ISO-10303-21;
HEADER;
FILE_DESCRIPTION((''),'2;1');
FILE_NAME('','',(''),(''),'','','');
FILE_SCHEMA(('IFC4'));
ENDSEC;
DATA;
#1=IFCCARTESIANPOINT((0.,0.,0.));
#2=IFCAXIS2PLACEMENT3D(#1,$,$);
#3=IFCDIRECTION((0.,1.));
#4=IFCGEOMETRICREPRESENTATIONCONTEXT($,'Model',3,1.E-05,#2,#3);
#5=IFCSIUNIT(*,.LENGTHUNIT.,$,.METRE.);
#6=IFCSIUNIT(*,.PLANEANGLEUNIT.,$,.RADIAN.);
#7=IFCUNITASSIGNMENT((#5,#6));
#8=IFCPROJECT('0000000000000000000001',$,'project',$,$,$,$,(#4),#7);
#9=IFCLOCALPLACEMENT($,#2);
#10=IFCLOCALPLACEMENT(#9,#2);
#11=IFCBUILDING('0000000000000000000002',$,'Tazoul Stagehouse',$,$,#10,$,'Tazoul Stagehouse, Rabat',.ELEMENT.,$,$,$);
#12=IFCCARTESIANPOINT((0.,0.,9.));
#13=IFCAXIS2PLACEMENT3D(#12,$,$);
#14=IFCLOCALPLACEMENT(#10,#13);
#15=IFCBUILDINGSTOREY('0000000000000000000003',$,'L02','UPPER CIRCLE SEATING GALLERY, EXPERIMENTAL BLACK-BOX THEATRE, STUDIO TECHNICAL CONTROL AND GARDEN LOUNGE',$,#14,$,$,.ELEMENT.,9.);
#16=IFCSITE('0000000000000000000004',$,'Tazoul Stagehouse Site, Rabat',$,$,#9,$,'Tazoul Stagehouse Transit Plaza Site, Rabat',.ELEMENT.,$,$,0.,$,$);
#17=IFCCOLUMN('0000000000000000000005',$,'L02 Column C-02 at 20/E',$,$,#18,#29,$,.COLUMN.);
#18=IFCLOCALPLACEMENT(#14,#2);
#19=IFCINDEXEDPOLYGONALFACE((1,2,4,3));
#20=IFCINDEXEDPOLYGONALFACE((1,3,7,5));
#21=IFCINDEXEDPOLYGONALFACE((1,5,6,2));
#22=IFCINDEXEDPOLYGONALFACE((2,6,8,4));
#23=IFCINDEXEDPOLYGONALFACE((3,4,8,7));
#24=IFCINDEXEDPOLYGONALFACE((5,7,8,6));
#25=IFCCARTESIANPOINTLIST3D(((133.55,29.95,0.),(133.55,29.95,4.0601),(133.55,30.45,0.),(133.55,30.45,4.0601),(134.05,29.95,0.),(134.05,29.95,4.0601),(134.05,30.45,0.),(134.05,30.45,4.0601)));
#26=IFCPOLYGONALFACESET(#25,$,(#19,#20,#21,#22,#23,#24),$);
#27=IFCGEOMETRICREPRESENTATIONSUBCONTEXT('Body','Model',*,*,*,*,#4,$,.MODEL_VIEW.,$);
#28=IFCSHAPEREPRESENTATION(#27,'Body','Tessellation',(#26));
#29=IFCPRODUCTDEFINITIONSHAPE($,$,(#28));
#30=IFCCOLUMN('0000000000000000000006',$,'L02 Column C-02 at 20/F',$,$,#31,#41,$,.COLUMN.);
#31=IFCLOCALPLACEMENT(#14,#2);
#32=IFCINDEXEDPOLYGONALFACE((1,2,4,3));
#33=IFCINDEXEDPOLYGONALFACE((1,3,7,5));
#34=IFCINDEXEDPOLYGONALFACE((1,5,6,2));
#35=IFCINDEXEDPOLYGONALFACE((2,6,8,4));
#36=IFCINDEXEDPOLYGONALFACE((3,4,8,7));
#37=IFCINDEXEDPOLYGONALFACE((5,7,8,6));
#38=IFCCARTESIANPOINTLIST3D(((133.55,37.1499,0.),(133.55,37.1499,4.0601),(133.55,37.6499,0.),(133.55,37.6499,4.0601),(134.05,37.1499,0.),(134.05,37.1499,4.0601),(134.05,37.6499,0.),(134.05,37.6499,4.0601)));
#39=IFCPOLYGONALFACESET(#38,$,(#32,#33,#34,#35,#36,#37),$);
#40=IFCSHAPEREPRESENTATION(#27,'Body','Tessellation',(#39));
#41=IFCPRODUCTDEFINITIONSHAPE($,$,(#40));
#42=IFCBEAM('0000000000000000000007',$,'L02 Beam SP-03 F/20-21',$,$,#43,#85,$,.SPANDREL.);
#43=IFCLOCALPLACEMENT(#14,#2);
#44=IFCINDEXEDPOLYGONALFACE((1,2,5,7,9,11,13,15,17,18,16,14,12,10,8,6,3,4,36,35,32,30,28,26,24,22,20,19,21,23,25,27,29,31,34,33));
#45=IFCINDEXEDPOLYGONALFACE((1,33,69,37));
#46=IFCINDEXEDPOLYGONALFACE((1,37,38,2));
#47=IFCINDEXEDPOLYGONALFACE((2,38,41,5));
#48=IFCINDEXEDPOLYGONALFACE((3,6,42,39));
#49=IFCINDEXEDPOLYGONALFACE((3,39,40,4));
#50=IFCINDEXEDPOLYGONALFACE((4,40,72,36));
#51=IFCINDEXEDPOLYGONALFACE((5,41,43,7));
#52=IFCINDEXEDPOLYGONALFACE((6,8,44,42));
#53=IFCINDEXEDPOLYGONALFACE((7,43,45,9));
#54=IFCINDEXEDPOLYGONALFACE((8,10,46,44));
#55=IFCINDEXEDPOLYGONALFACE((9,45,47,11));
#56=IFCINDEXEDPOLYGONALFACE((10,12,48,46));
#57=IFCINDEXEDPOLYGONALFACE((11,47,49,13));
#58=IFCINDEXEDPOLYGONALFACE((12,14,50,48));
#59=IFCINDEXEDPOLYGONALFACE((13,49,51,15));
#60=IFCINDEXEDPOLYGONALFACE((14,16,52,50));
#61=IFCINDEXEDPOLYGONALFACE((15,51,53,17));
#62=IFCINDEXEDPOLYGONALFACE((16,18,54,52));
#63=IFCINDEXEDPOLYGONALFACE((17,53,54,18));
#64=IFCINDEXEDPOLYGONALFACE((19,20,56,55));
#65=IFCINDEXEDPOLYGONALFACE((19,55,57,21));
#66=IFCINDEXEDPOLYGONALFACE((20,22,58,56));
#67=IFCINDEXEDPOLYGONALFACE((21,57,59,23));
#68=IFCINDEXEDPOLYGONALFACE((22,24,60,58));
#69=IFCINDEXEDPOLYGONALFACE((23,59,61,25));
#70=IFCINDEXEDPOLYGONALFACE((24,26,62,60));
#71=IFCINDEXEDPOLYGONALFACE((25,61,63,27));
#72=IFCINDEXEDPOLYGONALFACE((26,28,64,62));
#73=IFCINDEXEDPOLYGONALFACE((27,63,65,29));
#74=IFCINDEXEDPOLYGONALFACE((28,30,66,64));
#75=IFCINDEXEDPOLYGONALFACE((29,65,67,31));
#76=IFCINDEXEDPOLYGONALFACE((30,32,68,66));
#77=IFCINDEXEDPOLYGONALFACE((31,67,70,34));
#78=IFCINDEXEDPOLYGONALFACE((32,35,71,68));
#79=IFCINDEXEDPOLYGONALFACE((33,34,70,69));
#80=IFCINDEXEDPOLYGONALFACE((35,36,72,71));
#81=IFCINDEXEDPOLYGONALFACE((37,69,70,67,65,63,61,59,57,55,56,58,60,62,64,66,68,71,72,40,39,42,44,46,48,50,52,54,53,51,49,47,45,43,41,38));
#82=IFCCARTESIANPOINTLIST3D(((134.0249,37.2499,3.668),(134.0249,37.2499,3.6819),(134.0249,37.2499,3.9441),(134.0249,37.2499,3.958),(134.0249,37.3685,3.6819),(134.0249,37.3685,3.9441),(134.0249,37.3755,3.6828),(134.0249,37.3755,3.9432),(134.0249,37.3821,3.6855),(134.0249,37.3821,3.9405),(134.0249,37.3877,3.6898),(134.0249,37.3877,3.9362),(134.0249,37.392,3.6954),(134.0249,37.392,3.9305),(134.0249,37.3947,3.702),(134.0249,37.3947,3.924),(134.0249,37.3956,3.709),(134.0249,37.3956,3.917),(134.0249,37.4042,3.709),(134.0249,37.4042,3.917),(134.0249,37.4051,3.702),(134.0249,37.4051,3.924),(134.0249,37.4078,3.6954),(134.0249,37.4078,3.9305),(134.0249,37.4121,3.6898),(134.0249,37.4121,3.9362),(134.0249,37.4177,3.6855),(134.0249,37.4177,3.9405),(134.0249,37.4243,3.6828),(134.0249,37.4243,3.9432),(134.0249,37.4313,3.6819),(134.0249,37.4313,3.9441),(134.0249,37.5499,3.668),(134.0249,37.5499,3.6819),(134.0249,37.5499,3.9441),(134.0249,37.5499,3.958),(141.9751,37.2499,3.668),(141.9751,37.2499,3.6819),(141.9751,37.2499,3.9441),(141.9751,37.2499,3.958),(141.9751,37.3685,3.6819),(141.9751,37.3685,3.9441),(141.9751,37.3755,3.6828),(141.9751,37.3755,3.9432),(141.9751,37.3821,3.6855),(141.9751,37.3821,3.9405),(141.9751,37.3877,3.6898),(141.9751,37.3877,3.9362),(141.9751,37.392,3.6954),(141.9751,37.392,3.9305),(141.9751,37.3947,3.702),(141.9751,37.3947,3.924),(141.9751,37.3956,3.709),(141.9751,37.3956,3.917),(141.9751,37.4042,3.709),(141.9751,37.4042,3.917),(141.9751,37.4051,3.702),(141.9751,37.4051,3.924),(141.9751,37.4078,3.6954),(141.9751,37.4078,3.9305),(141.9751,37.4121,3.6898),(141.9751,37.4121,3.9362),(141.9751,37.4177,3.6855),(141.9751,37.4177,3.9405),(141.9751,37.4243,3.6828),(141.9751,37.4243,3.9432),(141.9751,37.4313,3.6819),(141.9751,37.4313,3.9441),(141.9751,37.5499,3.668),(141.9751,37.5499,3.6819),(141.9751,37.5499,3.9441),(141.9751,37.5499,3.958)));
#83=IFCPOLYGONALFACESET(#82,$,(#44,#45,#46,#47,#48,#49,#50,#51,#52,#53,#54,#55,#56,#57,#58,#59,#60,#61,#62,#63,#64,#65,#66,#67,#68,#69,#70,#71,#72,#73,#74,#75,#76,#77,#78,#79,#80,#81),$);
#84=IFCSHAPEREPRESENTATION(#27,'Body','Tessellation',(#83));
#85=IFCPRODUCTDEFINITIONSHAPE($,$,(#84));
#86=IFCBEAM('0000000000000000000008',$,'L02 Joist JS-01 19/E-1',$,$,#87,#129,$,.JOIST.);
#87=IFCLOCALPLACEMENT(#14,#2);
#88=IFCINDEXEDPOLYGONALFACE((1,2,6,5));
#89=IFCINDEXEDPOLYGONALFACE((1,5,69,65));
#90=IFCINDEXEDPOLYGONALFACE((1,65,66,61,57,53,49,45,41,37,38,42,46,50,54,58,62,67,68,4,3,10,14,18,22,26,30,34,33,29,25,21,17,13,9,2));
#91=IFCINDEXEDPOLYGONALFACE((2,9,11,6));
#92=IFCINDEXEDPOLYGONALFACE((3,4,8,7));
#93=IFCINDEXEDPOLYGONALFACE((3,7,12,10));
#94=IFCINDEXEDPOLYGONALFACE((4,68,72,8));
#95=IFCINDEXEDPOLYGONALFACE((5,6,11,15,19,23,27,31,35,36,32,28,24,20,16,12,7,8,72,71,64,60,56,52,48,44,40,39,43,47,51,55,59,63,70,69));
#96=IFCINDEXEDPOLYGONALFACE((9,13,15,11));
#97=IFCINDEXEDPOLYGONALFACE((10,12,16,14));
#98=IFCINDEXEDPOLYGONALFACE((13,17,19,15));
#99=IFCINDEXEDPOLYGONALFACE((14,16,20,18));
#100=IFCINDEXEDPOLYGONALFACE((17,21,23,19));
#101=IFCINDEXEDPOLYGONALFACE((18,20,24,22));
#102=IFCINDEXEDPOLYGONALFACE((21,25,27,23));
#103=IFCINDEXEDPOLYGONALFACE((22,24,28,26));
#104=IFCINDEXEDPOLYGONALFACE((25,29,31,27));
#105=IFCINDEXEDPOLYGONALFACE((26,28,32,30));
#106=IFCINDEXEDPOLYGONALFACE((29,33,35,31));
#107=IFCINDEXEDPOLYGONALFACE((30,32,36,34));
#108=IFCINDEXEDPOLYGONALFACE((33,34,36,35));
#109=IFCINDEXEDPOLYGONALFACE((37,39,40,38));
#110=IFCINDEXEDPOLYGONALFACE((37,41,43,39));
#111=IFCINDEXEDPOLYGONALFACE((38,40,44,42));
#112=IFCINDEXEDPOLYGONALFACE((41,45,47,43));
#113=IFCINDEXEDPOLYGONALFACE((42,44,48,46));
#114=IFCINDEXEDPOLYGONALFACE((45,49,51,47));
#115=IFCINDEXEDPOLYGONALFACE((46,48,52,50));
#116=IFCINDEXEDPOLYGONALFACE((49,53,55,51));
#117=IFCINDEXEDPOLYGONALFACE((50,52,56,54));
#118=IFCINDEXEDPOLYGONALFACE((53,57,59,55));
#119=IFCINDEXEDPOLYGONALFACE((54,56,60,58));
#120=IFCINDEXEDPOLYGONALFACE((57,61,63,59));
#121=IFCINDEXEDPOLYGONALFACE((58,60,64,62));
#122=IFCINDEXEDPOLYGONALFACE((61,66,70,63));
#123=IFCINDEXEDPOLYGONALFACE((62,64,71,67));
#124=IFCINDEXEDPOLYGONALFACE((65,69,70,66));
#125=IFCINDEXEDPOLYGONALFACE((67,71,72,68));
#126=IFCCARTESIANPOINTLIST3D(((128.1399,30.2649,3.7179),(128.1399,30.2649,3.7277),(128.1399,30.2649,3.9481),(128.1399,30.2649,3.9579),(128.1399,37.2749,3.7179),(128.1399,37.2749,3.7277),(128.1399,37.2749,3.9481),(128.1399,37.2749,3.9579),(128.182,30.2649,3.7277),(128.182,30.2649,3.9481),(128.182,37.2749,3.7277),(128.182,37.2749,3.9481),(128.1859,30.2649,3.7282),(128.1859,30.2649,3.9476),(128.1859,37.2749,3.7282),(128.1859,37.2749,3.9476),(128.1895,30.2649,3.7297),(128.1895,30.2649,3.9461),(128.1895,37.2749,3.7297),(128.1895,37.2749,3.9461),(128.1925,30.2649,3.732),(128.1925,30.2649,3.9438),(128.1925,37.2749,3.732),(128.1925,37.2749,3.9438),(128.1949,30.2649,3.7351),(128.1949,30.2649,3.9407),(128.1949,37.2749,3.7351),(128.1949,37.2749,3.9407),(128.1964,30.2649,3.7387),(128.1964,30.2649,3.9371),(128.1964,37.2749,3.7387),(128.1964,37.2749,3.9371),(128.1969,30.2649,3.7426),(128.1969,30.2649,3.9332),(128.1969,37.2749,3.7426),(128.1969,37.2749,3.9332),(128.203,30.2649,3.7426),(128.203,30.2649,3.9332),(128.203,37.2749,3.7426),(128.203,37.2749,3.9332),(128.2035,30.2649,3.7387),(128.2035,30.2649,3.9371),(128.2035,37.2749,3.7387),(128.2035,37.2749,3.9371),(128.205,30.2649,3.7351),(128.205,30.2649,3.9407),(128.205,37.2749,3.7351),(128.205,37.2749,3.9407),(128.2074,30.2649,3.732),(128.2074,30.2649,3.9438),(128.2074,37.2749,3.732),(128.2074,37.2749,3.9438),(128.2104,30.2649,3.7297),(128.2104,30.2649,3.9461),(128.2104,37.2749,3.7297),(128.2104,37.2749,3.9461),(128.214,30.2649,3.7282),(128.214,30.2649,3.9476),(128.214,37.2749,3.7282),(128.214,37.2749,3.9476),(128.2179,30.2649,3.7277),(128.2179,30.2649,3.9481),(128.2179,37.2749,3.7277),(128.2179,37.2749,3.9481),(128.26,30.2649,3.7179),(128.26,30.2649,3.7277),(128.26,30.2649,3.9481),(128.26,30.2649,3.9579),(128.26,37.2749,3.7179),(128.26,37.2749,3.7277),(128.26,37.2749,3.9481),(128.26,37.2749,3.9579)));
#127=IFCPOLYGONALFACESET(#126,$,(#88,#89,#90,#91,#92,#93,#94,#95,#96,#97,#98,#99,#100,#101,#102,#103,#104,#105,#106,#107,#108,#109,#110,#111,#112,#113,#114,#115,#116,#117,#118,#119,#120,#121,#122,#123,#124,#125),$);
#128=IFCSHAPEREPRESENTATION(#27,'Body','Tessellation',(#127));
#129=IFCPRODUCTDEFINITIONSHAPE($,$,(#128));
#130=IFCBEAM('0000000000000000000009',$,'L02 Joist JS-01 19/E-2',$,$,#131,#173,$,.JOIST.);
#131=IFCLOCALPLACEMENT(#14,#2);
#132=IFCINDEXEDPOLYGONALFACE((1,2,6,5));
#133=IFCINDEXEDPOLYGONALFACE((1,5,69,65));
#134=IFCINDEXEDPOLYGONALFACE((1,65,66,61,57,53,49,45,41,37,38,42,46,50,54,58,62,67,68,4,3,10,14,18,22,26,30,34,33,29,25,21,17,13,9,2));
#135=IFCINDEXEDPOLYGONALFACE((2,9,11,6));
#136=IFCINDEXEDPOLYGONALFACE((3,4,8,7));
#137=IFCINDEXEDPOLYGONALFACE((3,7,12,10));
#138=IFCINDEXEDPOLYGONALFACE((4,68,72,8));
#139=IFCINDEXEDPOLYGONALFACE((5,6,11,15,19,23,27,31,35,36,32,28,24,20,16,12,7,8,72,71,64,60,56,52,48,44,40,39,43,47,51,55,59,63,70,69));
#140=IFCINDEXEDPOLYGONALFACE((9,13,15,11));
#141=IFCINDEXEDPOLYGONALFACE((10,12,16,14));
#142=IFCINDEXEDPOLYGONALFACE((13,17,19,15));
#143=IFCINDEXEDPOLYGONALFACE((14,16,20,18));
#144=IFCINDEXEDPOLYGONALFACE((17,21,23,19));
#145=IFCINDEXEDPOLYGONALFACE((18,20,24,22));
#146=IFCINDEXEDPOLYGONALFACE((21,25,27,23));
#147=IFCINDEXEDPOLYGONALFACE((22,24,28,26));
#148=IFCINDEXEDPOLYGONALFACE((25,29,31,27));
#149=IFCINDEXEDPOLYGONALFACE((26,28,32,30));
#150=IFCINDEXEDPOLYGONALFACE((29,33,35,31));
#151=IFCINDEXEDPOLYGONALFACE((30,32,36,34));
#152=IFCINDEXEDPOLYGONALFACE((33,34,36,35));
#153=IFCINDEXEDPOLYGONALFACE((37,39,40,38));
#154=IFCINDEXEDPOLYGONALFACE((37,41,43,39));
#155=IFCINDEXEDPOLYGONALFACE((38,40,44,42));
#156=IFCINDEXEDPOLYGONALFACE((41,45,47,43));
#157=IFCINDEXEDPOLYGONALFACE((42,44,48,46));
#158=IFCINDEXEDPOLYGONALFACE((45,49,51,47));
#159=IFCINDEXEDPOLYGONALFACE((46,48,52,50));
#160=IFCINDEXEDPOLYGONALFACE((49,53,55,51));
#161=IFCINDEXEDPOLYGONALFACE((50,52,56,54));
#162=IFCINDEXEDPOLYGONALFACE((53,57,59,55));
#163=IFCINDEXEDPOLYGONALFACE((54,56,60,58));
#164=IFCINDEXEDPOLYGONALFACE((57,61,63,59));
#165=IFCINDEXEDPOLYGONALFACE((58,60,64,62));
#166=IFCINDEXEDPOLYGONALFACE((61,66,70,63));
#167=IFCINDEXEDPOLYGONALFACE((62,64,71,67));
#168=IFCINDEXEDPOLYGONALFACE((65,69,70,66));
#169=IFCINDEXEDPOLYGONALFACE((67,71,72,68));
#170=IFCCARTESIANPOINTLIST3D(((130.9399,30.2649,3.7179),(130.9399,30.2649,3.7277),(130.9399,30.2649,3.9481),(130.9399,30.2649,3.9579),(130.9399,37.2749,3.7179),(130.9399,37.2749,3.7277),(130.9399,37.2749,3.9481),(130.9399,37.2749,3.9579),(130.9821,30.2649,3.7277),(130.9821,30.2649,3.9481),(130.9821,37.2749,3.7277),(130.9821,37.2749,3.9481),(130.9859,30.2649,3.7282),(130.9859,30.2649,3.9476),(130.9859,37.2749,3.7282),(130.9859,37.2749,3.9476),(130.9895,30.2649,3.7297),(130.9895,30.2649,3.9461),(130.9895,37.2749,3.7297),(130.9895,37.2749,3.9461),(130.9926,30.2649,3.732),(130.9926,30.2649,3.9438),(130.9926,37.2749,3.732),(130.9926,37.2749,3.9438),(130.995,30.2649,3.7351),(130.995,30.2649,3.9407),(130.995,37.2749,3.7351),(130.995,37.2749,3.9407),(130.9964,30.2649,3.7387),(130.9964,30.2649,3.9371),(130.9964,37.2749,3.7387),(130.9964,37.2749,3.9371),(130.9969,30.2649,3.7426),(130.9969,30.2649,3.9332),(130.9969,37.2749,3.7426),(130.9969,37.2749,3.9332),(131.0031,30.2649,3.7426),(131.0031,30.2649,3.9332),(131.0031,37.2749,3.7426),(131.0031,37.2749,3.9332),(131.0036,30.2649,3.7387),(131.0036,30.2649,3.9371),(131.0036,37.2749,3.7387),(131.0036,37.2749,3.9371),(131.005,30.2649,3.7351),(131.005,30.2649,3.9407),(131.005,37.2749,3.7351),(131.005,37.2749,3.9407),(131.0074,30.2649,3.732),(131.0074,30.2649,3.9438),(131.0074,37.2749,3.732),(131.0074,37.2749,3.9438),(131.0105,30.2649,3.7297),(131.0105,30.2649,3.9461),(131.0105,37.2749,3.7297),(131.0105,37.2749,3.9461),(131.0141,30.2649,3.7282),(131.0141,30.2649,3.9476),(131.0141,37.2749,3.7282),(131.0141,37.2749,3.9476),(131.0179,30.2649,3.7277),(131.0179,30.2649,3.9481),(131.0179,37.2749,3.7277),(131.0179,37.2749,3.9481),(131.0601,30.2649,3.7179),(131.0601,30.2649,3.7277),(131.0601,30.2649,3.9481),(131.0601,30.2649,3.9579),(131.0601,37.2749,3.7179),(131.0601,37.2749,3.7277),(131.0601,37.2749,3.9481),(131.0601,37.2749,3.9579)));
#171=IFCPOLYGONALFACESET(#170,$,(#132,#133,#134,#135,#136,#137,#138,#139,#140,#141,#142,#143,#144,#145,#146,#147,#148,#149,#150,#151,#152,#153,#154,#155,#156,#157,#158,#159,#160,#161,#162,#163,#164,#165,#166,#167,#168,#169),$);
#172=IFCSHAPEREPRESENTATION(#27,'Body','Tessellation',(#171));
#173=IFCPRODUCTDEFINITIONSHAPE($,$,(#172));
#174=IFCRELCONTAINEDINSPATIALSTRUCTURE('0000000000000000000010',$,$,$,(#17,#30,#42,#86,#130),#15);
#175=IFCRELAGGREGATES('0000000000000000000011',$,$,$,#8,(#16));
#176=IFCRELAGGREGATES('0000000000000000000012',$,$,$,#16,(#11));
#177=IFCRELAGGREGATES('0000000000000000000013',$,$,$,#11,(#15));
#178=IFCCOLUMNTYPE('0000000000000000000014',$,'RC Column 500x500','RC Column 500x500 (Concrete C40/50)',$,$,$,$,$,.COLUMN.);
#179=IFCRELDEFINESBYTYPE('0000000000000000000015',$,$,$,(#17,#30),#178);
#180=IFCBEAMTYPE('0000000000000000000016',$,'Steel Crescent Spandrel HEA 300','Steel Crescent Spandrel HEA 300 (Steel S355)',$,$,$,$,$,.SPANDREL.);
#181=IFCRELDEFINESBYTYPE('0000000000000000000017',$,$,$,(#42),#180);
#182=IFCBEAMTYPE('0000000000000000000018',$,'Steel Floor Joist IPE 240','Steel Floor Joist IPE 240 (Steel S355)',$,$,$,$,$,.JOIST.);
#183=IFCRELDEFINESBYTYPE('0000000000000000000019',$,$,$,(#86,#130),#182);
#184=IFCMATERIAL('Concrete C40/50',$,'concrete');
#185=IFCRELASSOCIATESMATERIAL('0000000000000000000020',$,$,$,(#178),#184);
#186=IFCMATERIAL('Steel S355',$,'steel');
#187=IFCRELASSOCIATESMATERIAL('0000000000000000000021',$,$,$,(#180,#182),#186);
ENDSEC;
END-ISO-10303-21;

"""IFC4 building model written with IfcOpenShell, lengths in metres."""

from ifc_helpers import new_model, si_unit, direction, frame, origin, origin_2d, place, context, subcontext, project, spatial, rectangle, i_section, extrude, material, material_profile, profile_set, type_object, element, save


model = new_model("IFC4")

# Units and contexts
model_context = context("Model", 3, precision=1e-05, world=origin(), true_north=direction((0.0, 1.0)))
body_context = subcontext(model_context, "Body", "Model", "MODEL_VIEW")
ifc_project = project(units=[si_unit("LENGTHUNIT", "METRE"), si_unit("PLANEANGLEUNIT", "RADIAN")], contexts=[model_context])

# Site, building, storey
site_placement = place(None, origin())
site = spatial("IfcSite", under=ifc_project, at=site_placement, Name="Tazoul Stagehouse Site, Rabat", LongName="Tazoul Stagehouse Transit Plaza Site, Rabat", CompositionType="ELEMENT", RefElevation=0.0)
building_placement = place(site_placement, origin())
building = spatial("IfcBuilding", under=site, at=building_placement, Name="Tazoul Stagehouse", LongName="Tazoul Stagehouse, Rabat", CompositionType="ELEMENT")
storey_placement = place(building_placement, frame((0.0, 0.0, 9.0)))
storey = spatial("IfcBuildingStorey", under=building, at=storey_placement, Name="L02", Description="UPPER CIRCLE SEATING GALLERY, EXPERIMENTAL BLACK-BOX THEATRE, STUDIO TECHNICAL CONTROL AND GARDEN LOUNGE", CompositionType="ELEMENT", Elevation=9.0)

# Columns
ifc_material_1 = material(Name="Concrete C40/50", Category="concrete")
ifc_material_profile_1 = material_profile(ifc_material_1, rectangle(XDim=0.5, YDim=0.5, at=origin_2d()), Name="RC 500x500")
ifc_profile_set_1 = profile_set([ifc_material_profile_1], Name="Concrete C40/50")
column_type = type_object("IfcColumnType", Name="RC Column 500x500", Description="RC Column 500x500 (Concrete C40/50)", PredefinedType="COLUMN", material=ifc_profile_set_1)
for number, where, z_axis, x_axis, name in (
    (1, (133.8, 30.2, 0.0), (0.0, 0.0, 1.0), (1.0, 0.0, 0.0), "L02 Column C-02 at 20/E"),
    (2, (133.8, 37.3999, 0.0), (0.0, 0.0, 1.0), (1.0, 0.0, 0.0), "L02 Column C-02 at 20/F"),
):
    element("IfcColumn", number, at=place(storey_placement, frame(where, z_axis=z_axis, x_axis=x_axis)), inside=storey, type_object=column_type, Name=name, PredefinedType="COLUMN", context=body_context, shape_type="SweptSolid", body=[
        extrude(rectangle(XDim=0.5, YDim=0.5, at=origin_2d()), origin(), (0.0, 0.0, 1.0), 4.0601),
    ])

# Beams
ifc_material_2 = material(Name="Steel S355", Category="steel")
ifc_material_profile_2 = material_profile(ifc_material_2, i_section(OverallWidth=0.3, OverallDepth=0.29, WebThickness=0.0085, FlangeThickness=0.0139, FilletRadius=0.0271, at=origin_2d()), Name="HEA 300")
ifc_profile_set_2 = profile_set([ifc_material_profile_2], Name="Steel S355")
beam_type_1 = type_object("IfcBeamType", Name="Steel Crescent Spandrel HEA 300", Description="Steel Crescent Spandrel HEA 300 (Steel S355)", PredefinedType="SPANDREL", material=ifc_profile_set_2)
beam_1_placement = place(storey_placement, frame((134.0249, 37.3999, 3.813), z_axis=(1.0, 0.0, 0.0), x_axis=(0.0, 1.0, 0.0)))
element("IfcBeam", 3, at=beam_1_placement, inside=storey, type_object=beam_type_1, Name="L02 Beam SP-03 F/20-21", PredefinedType="SPANDREL", context=body_context, shape_type="SweptSolid", body=[
    extrude(i_section(OverallWidth=0.3, OverallDepth=0.29, WebThickness=0.0085, FlangeThickness=0.0139, FilletRadius=0.0271, at=origin_2d()), origin(), (0.0, 0.0, 1.0), 7.9502),
])
ifc_material_profile_3 = material_profile(ifc_material_2, i_section(OverallWidth=0.1201, OverallDepth=0.24, WebThickness=0.0061, FlangeThickness=0.0098, FilletRadius=0.0149, at=origin_2d()), Name="IPE 240")
ifc_profile_set_3 = profile_set([ifc_material_profile_3], Name="Steel S355")
beam_type_2 = type_object("IfcBeamType", Name="Steel Floor Joist IPE 240", Description="Steel Floor Joist IPE 240 (Steel S355)", PredefinedType="JOIST", material=ifc_profile_set_3)
for number, where, z_axis, x_axis, name in (
    (4, (128.2, 30.2649, 3.8379), (0.0, 1.0, 0.0), (-1.0, 0.0, 0.0), "L02 Joist JS-01 19/E-1"),
    (5, (131.0, 30.2649, 3.8379), (0.0, 1.0, 0.0), (-1.0, 0.0, 0.0), "L02 Joist JS-01 19/E-2"),
):
    element("IfcBeam", number, at=place(storey_placement, frame(where, z_axis=z_axis, x_axis=x_axis)), inside=storey, type_object=beam_type_2, Name=name, PredefinedType="JOIST", context=body_context, shape_type="SweptSolid", body=[
        extrude(i_section(OverallWidth=0.1201, OverallDepth=0.24, WebThickness=0.0061, FlangeThickness=0.0098, FilletRadius=0.0149, at=origin_2d()), origin(), (0.0, 0.0, 1.0), 7.01),
    ])

save(model, "model.ifc")
